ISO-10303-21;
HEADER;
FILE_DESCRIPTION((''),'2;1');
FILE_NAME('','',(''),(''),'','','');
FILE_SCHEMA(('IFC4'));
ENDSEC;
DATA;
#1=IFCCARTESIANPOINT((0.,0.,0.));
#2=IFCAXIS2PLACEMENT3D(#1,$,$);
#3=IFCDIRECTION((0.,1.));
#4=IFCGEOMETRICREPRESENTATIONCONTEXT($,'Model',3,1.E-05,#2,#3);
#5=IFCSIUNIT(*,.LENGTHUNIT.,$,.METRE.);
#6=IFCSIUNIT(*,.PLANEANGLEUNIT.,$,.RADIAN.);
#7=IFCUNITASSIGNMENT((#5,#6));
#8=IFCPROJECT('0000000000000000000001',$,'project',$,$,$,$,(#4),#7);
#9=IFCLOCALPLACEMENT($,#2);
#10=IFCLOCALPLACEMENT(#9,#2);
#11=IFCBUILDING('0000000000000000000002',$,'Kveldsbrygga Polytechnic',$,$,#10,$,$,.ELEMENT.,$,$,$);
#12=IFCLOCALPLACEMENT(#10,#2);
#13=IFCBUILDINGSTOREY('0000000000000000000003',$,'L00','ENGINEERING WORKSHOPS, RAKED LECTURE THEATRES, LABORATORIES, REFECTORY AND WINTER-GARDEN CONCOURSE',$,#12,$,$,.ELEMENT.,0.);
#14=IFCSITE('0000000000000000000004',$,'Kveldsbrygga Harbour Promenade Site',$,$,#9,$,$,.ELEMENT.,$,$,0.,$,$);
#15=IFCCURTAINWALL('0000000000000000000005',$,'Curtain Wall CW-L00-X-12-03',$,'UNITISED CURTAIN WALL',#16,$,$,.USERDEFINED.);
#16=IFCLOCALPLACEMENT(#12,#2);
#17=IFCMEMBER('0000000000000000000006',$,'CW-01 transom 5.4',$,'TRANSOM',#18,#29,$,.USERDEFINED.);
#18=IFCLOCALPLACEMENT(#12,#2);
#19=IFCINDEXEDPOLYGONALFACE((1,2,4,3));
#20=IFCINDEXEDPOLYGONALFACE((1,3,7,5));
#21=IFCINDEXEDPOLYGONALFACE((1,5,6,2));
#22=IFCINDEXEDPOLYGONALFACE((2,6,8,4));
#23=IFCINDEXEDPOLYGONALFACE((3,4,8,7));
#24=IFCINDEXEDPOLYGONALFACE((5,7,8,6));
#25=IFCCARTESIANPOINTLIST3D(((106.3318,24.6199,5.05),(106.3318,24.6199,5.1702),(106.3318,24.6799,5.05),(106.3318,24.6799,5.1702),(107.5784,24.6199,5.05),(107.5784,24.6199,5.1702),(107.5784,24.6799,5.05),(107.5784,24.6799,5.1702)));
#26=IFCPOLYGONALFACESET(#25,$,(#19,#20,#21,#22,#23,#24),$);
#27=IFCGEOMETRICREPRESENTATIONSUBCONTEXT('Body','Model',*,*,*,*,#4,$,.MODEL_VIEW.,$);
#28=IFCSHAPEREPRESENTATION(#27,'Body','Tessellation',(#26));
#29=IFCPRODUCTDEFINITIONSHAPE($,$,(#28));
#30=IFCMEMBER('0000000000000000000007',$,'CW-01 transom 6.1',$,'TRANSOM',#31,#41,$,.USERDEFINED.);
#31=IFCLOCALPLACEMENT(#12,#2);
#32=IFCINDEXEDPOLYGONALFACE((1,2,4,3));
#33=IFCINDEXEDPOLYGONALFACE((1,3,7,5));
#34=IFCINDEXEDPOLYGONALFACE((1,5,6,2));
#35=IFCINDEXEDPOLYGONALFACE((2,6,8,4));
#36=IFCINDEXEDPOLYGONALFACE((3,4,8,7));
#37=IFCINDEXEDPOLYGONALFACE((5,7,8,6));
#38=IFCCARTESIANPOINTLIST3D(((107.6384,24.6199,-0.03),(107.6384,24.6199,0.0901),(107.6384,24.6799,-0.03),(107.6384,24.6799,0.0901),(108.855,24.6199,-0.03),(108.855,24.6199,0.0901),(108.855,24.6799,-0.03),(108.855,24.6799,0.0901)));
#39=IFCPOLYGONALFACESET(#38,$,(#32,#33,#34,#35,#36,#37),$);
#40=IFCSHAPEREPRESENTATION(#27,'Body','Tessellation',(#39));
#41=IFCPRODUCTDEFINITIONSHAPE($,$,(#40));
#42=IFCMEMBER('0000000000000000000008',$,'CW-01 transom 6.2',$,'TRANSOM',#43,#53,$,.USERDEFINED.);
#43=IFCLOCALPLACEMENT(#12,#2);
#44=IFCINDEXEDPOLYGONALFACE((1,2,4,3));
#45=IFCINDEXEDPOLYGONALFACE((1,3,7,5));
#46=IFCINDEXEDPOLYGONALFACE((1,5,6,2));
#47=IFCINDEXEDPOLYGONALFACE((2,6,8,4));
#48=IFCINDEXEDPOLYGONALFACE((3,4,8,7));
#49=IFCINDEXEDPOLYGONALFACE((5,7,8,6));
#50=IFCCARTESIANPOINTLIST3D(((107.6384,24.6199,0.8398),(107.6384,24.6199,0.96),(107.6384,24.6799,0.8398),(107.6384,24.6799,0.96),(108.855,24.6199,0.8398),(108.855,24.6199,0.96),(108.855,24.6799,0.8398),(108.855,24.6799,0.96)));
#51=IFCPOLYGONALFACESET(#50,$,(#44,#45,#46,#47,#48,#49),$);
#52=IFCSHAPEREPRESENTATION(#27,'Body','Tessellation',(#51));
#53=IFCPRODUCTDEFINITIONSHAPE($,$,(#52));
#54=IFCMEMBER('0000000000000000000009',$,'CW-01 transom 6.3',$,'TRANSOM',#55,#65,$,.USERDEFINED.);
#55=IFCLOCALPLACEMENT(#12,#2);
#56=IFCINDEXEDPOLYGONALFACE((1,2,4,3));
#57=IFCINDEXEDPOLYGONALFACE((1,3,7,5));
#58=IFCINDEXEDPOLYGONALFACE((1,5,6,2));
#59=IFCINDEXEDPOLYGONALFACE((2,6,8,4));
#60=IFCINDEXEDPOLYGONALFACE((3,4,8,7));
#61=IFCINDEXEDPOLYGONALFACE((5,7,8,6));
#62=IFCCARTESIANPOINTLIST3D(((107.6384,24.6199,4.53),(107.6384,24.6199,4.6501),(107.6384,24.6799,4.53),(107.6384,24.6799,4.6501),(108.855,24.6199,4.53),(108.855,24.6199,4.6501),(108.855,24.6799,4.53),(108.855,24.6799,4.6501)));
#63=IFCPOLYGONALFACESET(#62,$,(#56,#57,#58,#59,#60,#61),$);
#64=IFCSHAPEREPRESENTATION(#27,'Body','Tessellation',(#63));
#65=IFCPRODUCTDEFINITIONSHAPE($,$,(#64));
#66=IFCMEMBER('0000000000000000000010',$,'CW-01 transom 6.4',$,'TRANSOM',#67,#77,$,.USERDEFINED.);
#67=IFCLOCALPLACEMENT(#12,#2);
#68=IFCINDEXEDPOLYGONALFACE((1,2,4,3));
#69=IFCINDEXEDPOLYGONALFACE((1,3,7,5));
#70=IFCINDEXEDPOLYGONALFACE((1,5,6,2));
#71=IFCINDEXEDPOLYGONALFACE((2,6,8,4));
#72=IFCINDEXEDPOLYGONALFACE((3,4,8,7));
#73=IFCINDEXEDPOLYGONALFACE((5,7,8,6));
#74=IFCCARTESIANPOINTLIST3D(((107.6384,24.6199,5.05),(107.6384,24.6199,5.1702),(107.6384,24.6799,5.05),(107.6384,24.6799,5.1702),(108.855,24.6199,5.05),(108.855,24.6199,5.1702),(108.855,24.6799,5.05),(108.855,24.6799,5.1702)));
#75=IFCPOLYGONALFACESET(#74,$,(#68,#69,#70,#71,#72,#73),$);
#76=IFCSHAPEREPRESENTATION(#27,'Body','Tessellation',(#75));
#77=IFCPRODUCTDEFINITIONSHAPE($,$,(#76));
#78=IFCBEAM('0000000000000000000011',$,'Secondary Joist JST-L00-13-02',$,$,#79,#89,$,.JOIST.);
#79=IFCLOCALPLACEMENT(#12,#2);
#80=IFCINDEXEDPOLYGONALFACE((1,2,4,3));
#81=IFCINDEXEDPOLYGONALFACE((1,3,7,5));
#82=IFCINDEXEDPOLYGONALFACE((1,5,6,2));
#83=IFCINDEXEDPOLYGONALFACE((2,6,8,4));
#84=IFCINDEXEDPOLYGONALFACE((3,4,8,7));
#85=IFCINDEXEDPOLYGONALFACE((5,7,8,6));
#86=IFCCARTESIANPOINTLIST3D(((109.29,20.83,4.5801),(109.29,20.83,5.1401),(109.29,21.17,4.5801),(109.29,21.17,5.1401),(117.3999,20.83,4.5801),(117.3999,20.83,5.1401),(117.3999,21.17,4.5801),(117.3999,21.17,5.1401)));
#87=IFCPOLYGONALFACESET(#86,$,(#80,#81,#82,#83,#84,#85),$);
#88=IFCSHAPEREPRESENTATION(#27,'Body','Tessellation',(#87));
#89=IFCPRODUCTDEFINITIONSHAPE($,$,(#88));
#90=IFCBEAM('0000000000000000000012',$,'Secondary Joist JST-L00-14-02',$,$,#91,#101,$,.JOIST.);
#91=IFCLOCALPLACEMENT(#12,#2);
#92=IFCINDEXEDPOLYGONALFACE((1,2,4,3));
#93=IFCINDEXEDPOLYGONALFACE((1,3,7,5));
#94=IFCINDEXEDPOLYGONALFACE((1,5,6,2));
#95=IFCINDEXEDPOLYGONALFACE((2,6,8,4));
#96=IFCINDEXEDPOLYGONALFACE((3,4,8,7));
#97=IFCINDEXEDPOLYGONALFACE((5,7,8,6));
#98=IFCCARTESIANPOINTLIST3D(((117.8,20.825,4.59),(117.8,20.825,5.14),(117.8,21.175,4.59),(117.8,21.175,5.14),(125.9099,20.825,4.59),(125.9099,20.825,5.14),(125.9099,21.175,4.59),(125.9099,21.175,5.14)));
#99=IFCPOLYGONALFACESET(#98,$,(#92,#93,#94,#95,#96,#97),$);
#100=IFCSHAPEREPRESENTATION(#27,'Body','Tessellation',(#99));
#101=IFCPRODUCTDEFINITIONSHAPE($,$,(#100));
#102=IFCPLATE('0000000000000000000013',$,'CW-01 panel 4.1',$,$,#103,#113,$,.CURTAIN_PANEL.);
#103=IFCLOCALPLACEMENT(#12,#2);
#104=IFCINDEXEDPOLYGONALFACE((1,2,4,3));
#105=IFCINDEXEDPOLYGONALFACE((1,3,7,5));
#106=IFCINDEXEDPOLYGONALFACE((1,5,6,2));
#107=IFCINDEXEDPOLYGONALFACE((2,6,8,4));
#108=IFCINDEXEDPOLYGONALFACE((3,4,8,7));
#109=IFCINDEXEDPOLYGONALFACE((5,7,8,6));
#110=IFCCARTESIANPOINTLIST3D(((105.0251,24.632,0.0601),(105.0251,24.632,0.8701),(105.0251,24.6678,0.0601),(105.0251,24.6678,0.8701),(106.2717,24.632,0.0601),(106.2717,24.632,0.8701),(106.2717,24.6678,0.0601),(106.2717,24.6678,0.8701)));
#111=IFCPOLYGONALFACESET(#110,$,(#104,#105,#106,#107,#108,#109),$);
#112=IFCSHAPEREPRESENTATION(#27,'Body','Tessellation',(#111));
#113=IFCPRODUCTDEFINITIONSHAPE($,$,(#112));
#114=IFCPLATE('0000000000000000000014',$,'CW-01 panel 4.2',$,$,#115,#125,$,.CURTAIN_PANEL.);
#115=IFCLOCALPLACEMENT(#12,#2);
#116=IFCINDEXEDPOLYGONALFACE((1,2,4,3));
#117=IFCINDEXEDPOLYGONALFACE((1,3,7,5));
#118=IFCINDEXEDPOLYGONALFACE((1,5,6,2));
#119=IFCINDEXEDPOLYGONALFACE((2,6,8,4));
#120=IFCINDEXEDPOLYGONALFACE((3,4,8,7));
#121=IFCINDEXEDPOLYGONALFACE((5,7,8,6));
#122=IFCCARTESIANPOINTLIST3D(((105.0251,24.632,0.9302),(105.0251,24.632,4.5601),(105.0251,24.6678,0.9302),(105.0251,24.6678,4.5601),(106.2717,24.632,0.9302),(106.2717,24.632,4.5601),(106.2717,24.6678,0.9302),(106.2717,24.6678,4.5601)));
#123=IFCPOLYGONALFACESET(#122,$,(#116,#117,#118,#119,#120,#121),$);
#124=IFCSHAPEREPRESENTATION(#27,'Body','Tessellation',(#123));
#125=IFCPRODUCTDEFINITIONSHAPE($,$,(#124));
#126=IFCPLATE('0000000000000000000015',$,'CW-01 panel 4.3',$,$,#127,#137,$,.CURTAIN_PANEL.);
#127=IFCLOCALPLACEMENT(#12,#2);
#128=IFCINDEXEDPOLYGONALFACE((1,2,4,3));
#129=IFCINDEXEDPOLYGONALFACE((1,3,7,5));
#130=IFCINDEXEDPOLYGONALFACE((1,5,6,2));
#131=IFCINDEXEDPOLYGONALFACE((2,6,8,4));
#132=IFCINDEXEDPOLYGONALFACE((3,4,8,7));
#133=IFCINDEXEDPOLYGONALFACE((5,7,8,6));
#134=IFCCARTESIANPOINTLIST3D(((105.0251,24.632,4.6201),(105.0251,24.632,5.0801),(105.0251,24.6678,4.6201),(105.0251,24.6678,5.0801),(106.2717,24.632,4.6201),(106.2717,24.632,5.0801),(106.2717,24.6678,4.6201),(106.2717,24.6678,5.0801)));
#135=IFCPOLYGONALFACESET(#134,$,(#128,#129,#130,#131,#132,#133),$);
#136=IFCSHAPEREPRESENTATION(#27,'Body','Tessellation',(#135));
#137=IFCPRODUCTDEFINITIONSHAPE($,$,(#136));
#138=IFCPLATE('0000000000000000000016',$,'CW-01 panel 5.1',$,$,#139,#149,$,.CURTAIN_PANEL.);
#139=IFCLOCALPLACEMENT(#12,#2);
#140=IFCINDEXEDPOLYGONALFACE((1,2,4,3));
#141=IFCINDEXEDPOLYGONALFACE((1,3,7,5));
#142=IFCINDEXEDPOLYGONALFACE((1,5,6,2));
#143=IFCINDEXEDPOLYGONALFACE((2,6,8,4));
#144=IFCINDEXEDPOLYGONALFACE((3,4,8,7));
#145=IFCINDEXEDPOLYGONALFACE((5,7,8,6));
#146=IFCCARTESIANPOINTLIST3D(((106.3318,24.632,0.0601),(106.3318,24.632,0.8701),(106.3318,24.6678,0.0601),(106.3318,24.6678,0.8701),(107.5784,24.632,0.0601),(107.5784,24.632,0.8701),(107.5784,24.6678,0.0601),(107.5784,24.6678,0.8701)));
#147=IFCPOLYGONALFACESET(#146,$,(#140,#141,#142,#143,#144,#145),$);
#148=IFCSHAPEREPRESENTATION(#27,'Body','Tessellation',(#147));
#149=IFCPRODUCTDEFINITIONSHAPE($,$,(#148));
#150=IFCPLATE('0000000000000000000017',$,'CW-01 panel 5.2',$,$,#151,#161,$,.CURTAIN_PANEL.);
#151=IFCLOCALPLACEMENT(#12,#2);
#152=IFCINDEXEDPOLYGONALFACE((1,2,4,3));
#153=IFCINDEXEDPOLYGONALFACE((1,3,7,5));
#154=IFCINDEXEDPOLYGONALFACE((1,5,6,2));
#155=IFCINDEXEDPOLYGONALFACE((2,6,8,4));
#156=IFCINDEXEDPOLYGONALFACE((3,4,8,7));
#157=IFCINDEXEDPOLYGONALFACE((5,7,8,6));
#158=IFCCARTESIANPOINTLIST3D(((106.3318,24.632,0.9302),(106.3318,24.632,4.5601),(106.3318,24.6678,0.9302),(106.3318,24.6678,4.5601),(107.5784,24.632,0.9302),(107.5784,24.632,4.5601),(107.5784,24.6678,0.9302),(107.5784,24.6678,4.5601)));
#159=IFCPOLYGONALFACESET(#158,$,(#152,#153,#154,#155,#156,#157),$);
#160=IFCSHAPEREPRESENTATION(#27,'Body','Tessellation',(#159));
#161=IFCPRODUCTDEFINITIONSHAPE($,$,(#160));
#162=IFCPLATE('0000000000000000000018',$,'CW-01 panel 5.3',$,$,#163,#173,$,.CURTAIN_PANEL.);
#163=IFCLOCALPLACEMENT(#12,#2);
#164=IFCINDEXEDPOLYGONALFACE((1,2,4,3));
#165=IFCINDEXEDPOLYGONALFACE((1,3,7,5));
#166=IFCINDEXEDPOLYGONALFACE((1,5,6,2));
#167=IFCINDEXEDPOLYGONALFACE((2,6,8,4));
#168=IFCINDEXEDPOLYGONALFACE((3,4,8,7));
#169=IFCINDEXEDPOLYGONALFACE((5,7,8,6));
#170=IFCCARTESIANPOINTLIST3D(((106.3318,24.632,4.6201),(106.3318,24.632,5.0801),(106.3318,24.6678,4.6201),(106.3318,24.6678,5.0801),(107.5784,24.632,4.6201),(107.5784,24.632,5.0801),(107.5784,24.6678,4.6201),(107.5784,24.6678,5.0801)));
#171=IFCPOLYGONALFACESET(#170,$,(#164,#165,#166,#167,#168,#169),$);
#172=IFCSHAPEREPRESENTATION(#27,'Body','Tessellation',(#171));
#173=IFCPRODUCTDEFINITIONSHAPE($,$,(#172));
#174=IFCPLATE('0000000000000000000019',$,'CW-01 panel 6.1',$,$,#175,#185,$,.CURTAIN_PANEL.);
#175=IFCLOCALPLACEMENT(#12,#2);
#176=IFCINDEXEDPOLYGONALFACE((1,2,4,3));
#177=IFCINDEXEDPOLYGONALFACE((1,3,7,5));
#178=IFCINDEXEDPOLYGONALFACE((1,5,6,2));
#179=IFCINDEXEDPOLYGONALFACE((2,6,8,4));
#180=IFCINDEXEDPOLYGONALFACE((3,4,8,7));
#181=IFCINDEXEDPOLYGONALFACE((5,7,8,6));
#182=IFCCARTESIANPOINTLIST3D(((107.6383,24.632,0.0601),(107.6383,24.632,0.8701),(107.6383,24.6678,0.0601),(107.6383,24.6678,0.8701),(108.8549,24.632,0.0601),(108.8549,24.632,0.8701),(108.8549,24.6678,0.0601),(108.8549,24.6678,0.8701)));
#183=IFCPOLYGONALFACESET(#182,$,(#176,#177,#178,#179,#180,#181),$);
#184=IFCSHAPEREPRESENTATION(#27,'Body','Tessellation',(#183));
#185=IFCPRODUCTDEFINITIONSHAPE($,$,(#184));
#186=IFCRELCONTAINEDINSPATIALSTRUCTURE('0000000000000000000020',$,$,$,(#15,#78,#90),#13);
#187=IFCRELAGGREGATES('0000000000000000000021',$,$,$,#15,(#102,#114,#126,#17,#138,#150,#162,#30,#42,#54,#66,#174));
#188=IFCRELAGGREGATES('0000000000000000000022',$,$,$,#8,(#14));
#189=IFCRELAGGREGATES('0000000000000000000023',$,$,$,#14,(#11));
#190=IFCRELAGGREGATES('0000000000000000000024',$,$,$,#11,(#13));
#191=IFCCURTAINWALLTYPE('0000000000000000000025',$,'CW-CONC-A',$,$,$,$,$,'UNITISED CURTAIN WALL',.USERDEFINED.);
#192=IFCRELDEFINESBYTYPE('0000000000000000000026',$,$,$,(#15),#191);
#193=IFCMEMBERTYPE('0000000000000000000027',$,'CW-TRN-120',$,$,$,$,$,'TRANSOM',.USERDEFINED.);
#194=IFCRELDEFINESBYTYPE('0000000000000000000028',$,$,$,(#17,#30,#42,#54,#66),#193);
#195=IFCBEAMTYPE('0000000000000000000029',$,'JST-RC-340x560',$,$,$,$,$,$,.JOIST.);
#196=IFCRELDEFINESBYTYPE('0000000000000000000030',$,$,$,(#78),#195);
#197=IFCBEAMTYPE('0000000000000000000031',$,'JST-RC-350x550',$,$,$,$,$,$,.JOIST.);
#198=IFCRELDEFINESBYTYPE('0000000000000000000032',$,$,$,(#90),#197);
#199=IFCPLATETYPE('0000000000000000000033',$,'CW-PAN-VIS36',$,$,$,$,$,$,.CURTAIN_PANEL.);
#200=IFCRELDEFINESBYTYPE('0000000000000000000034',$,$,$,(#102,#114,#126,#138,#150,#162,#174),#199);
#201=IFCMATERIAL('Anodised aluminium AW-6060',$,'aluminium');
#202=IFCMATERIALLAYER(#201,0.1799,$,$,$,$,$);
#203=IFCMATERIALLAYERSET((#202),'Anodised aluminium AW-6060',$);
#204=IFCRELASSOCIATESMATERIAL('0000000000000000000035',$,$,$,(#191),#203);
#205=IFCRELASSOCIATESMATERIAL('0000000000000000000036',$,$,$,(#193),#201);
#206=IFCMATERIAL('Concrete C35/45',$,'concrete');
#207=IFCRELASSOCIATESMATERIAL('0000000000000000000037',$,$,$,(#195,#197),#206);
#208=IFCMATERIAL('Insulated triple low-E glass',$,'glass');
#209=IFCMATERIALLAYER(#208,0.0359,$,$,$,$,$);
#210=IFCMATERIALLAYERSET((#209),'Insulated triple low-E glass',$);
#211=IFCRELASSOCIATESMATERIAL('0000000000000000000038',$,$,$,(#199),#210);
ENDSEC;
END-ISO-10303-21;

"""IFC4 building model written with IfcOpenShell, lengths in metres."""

from ifc_helpers import new_model, si_unit, direction, frame, origin, origin_2d, place, context, subcontext, project, spatial, rectangle, extrude, material, layer, layer_set, material_profile, profile_set, type_object, element, aggregate, save


model = new_model("IFC4")

# Units and contexts
model_context = context("Model", 3, precision=1e-05, world=origin(), true_north=direction((0.0, 1.0)))
body_context = subcontext(model_context, "Body", "Model", "MODEL_VIEW")
ifc_project = project(units=[si_unit("LENGTHUNIT", "METRE"), si_unit("PLANEANGLEUNIT", "RADIAN")], contexts=[model_context])

# Site, building, storey
site_placement = place(None, origin())
site = spatial("IfcSite", under=ifc_project, at=site_placement, Name="Kveldsbrygga Harbour Promenade Site", CompositionType="ELEMENT", RefElevation=0.0)
building_placement = place(site_placement, origin())
building = spatial("IfcBuilding", under=site, at=building_placement, Name="Kveldsbrygga Polytechnic", CompositionType="ELEMENT")
storey_placement = place(building_placement, origin())
storey = spatial("IfcBuildingStorey", under=building, at=storey_placement, Name="L00", Description="ENGINEERING WORKSHOPS, RAKED LECTURE THEATRES, LABORATORIES, REFECTORY AND WINTER-GARDEN CONCOURSE", CompositionType="ELEMENT", Elevation=0.0)

# Shared definitions
ifc_material_1 = material(Name="Concrete C35/45", Category="concrete")

# Curtain wall
ifc_material_2 = material(Name="Anodised aluminium AW-6060", Category="aluminium")
ifc_layer_1 = layer(ifc_material_2, 0.1799)
ifc_layer_set_1 = layer_set([ifc_layer_1], Name="Anodised aluminium AW-6060")
curtain_wall_type_1 = type_object("IfcCurtainWallType", Name="CW-CONC-A", ElementType="UNITISED CURTAIN WALL", PredefinedType="USERDEFINED", material=ifc_layer_set_1)
curtain_wall_1_placement = place(storey_placement, origin())
curtain_wall_1 = element("IfcCurtainWall", 1, at=curtain_wall_1_placement, inside=storey, type_object=curtain_wall_type_1, Name="Curtain Wall CW-L00-X-12-03", ObjectType="UNITISED CURTAIN WALL", PredefinedType="USERDEFINED")

# Members
ifc_material_profile_1 = material_profile(ifc_material_2, rectangle(XDim=0.0601, YDim=0.1201, at=origin_2d()), Name="ALU 60x120")
ifc_profile_set_1 = profile_set([ifc_material_profile_1], Name="Anodised aluminium AW-6060")
member_type_1 = type_object("IfcMemberType", Name="CW-TRN-120", ElementType="TRANSOM", PredefinedType="USERDEFINED", material=ifc_profile_set_1)
member_1_placement = place(storey_placement, frame((106.3318, 24.6499, 5.1101), z_axis=(1.0, 0.0, 0.0), x_axis=(0.0, 1.0, 0.0)))
member_1 = element("IfcMember", 2, at=member_1_placement, type_object=member_type_1, Name="CW-01 transom 5.4", ObjectType="TRANSOM", PredefinedType="USERDEFINED", context=body_context, shape_type="SweptSolid", body=[
    extrude(rectangle(XDim=0.0601, YDim=0.1201, at=origin_2d()), origin(), (0.0, 0.0, 1.0), 1.2466),
])
member_2_placement = place(storey_placement, frame((107.6384, 24.6499, 0.03), z_axis=(1.0, 0.0, 0.0), x_axis=(0.0, 1.0, 0.0)))
member_2 = element("IfcMember", 3, at=member_2_placement, type_object=member_type_1, Name="CW-01 transom 6.1", ObjectType="TRANSOM", PredefinedType="USERDEFINED", context=body_context, shape_type="SweptSolid", body=[
    extrude(rectangle(XDim=0.0601, YDim=0.1201, at=origin_2d()), origin(), (0.0, 0.0, 1.0), 1.2166),
])
member_3_placement = place(storey_placement, frame((107.6384, 24.6499, 0.8999), z_axis=(1.0, 0.0, 0.0), x_axis=(0.0, 1.0, 0.0)))
member_3 = element("IfcMember", 4, at=member_3_placement, type_object=member_type_1, Name="CW-01 transom 6.2", ObjectType="TRANSOM", PredefinedType="USERDEFINED", context=body_context, shape_type="SweptSolid", body=[
    extrude(rectangle(XDim=0.0601, YDim=0.1201, at=origin_2d()), origin(), (0.0, 0.0, 1.0), 1.2166),
])
member_4_placement = place(storey_placement, frame((107.6384, 24.6499, 4.5901), z_axis=(1.0, 0.0, 0.0), x_axis=(0.0, 1.0, 0.0)))
member_4 = element("IfcMember", 5, at=member_4_placement, type_object=member_type_1, Name="CW-01 transom 6.3", ObjectType="TRANSOM", PredefinedType="USERDEFINED", context=body_context, shape_type="SweptSolid", body=[
    extrude(rectangle(XDim=0.0601, YDim=0.1201, at=origin_2d()), origin(), (0.0, 0.0, 1.0), 1.2166),
])
member_5_placement = place(storey_placement, frame((107.6384, 24.6499, 5.1101), z_axis=(1.0, 0.0, 0.0), x_axis=(0.0, 1.0, 0.0)))
member_5 = element("IfcMember", 6, at=member_5_placement, type_object=member_type_1, Name="CW-01 transom 6.4", ObjectType="TRANSOM", PredefinedType="USERDEFINED", context=body_context, shape_type="SweptSolid", body=[
    extrude(rectangle(XDim=0.0601, YDim=0.1201, at=origin_2d()), origin(), (0.0, 0.0, 1.0), 1.2166),
])

# Beams
ifc_material_profile_2 = material_profile(ifc_material_1, rectangle(XDim=0.3401, YDim=0.5601, at=origin_2d()), Name="RC 340x560")
ifc_profile_set_2 = profile_set([ifc_material_profile_2], Name="Concrete C35/45")
beam_type_1 = type_object("IfcBeamType", Name="JST-RC-340x560", PredefinedType="JOIST", material=ifc_profile_set_2)
beam_1_placement = place(storey_placement, frame((109.29, 21.0, 4.8601), z_axis=(1.0, 0.0, 0.0), x_axis=(0.0, 1.0, 0.0)))
element("IfcBeam", 7, at=beam_1_placement, inside=storey, type_object=beam_type_1, Name="Secondary Joist JST-L00-13-02", PredefinedType="JOIST", context=body_context, shape_type="SweptSolid", body=[
    extrude(rectangle(XDim=0.3401, YDim=0.5601, at=origin_2d()), origin(), (0.0, 0.0, 1.0), 8.1099),
])
ifc_material_profile_3 = material_profile(ifc_material_1, rectangle(XDim=0.3501, YDim=0.55, at=origin_2d()), Name="RC 350x550")
ifc_profile_set_3 = profile_set([ifc_material_profile_3], Name="Concrete C35/45")
beam_type_2 = type_object("IfcBeamType", Name="JST-RC-350x550", PredefinedType="JOIST", material=ifc_profile_set_3)
beam_2_placement = place(storey_placement, frame((117.8, 21.0, 4.865), z_axis=(1.0, 0.0, 0.0), x_axis=(0.0, 1.0, 0.0)))
element("IfcBeam", 8, at=beam_2_placement, inside=storey, type_object=beam_type_2, Name="Secondary Joist JST-L00-14-02", PredefinedType="JOIST", context=body_context, shape_type="SweptSolid", body=[
    extrude(rectangle(XDim=0.3501, YDim=0.55, at=origin_2d()), origin(), (0.0, 0.0, 1.0), 8.1099),
])

# Plates
ifc_material_3 = material(Name="Insulated triple low-E glass", Category="glass")
ifc_layer_2 = layer(ifc_material_3, 0.0359)
ifc_layer_set_2 = layer_set([ifc_layer_2], Name="Insulated triple low-E glass")
plate_type = type_object("IfcPlateType", Name="CW-PAN-VIS36", PredefinedType="CURTAIN_PANEL", material=ifc_layer_set_2)
plate_1_placement = place(storey_placement, frame((105.6484, 24.6499, 0.0601), z_axis=(0.0, 0.0, 1.0), x_axis=(1.0, 0.0, 0.0)))
plate_1 = element("IfcPlate", 9, at=plate_1_placement, type_object=plate_type, Name="CW-01 panel 4.1", PredefinedType="CURTAIN_PANEL", context=body_context, shape_type="SweptSolid", body=[
    extrude(rectangle(XDim=1.2466, YDim=0.0359, at=origin_2d()), origin(), (0.0, 0.0, 1.0), 0.8101),
])
plate_2_placement = place(storey_placement, frame((105.6484, 24.6499, 0.9302), z_axis=(0.0, 0.0, 1.0), x_axis=(1.0, 0.0, 0.0)))
plate_2 = element("IfcPlate", 10, at=plate_2_placement, type_object=plate_type, Name="CW-01 panel 4.2", PredefinedType="CURTAIN_PANEL", context=body_context, shape_type="SweptSolid", body=[
    extrude(rectangle(XDim=1.2466, YDim=0.0359, at=origin_2d()), origin(), (0.0, 0.0, 1.0), 3.6299),
])
plate_3_placement = place(storey_placement, frame((105.6484, 24.6499, 4.6201), z_axis=(0.0, 0.0, 1.0), x_axis=(1.0, 0.0, 0.0)))
plate_3 = element("IfcPlate", 11, at=plate_3_placement, type_object=plate_type, Name="CW-01 panel 4.3", PredefinedType="CURTAIN_PANEL", context=body_context, shape_type="SweptSolid", body=[
    extrude(rectangle(XDim=1.2466, YDim=0.0359, at=origin_2d()), origin(), (0.0, 0.0, 1.0), 0.46),
])
plate_4_placement = place(storey_placement, frame((106.9551, 24.6499, 0.0601), z_axis=(0.0, 0.0, 1.0), x_axis=(1.0, 0.0, 0.0)))
plate_4 = element("IfcPlate", 12, at=plate_4_placement, type_object=plate_type, Name="CW-01 panel 5.1", PredefinedType="CURTAIN_PANEL", context=body_context, shape_type="SweptSolid", body=[
    extrude(rectangle(XDim=1.2466, YDim=0.0359, at=origin_2d()), origin(), (0.0, 0.0, 1.0), 0.8101),
])
plate_5_placement = place(storey_placement, frame((106.9551, 24.6499, 0.9302), z_axis=(0.0, 0.0, 1.0), x_axis=(1.0, 0.0, 0.0)))
plate_5 = element("IfcPlate", 13, at=plate_5_placement, type_object=plate_type, Name="CW-01 panel 5.2", PredefinedType="CURTAIN_PANEL", context=body_context, shape_type="SweptSolid", body=[
    extrude(rectangle(XDim=1.2466, YDim=0.0359, at=origin_2d()), origin(), (0.0, 0.0, 1.0), 3.6299),
])
plate_6_placement = place(storey_placement, frame((106.9551, 24.6499, 4.6201), z_axis=(0.0, 0.0, 1.0), x_axis=(1.0, 0.0, 0.0)))
plate_6 = element("IfcPlate", 14, at=plate_6_placement, type_object=plate_type, Name="CW-01 panel 5.3", PredefinedType="CURTAIN_PANEL", context=body_context, shape_type="SweptSolid", body=[
    extrude(rectangle(XDim=1.2466, YDim=0.0359, at=origin_2d()), origin(), (0.0, 0.0, 1.0), 0.46),
])
plate_7_placement = place(storey_placement, frame((108.2466, 24.6499, 0.0601), z_axis=(0.0, 0.0, 1.0), x_axis=(1.0, 0.0, 0.0)))
plate_7 = element("IfcPlate", 15, at=plate_7_placement, type_object=plate_type, Name="CW-01 panel 6.1", PredefinedType="CURTAIN_PANEL", context=body_context, shape_type="SweptSolid", body=[
    extrude(rectangle(XDim=1.2166, YDim=0.0359, at=origin_2d()), origin(), (0.0, 0.0, 1.0), 0.8101),
])
aggregate(curtain_wall_1, [plate_1, plate_2, plate_3, member_1, plate_4, plate_5, plate_6, member_2, member_3, member_4, member_5, plate_7])

save(model, "model.ifc")
